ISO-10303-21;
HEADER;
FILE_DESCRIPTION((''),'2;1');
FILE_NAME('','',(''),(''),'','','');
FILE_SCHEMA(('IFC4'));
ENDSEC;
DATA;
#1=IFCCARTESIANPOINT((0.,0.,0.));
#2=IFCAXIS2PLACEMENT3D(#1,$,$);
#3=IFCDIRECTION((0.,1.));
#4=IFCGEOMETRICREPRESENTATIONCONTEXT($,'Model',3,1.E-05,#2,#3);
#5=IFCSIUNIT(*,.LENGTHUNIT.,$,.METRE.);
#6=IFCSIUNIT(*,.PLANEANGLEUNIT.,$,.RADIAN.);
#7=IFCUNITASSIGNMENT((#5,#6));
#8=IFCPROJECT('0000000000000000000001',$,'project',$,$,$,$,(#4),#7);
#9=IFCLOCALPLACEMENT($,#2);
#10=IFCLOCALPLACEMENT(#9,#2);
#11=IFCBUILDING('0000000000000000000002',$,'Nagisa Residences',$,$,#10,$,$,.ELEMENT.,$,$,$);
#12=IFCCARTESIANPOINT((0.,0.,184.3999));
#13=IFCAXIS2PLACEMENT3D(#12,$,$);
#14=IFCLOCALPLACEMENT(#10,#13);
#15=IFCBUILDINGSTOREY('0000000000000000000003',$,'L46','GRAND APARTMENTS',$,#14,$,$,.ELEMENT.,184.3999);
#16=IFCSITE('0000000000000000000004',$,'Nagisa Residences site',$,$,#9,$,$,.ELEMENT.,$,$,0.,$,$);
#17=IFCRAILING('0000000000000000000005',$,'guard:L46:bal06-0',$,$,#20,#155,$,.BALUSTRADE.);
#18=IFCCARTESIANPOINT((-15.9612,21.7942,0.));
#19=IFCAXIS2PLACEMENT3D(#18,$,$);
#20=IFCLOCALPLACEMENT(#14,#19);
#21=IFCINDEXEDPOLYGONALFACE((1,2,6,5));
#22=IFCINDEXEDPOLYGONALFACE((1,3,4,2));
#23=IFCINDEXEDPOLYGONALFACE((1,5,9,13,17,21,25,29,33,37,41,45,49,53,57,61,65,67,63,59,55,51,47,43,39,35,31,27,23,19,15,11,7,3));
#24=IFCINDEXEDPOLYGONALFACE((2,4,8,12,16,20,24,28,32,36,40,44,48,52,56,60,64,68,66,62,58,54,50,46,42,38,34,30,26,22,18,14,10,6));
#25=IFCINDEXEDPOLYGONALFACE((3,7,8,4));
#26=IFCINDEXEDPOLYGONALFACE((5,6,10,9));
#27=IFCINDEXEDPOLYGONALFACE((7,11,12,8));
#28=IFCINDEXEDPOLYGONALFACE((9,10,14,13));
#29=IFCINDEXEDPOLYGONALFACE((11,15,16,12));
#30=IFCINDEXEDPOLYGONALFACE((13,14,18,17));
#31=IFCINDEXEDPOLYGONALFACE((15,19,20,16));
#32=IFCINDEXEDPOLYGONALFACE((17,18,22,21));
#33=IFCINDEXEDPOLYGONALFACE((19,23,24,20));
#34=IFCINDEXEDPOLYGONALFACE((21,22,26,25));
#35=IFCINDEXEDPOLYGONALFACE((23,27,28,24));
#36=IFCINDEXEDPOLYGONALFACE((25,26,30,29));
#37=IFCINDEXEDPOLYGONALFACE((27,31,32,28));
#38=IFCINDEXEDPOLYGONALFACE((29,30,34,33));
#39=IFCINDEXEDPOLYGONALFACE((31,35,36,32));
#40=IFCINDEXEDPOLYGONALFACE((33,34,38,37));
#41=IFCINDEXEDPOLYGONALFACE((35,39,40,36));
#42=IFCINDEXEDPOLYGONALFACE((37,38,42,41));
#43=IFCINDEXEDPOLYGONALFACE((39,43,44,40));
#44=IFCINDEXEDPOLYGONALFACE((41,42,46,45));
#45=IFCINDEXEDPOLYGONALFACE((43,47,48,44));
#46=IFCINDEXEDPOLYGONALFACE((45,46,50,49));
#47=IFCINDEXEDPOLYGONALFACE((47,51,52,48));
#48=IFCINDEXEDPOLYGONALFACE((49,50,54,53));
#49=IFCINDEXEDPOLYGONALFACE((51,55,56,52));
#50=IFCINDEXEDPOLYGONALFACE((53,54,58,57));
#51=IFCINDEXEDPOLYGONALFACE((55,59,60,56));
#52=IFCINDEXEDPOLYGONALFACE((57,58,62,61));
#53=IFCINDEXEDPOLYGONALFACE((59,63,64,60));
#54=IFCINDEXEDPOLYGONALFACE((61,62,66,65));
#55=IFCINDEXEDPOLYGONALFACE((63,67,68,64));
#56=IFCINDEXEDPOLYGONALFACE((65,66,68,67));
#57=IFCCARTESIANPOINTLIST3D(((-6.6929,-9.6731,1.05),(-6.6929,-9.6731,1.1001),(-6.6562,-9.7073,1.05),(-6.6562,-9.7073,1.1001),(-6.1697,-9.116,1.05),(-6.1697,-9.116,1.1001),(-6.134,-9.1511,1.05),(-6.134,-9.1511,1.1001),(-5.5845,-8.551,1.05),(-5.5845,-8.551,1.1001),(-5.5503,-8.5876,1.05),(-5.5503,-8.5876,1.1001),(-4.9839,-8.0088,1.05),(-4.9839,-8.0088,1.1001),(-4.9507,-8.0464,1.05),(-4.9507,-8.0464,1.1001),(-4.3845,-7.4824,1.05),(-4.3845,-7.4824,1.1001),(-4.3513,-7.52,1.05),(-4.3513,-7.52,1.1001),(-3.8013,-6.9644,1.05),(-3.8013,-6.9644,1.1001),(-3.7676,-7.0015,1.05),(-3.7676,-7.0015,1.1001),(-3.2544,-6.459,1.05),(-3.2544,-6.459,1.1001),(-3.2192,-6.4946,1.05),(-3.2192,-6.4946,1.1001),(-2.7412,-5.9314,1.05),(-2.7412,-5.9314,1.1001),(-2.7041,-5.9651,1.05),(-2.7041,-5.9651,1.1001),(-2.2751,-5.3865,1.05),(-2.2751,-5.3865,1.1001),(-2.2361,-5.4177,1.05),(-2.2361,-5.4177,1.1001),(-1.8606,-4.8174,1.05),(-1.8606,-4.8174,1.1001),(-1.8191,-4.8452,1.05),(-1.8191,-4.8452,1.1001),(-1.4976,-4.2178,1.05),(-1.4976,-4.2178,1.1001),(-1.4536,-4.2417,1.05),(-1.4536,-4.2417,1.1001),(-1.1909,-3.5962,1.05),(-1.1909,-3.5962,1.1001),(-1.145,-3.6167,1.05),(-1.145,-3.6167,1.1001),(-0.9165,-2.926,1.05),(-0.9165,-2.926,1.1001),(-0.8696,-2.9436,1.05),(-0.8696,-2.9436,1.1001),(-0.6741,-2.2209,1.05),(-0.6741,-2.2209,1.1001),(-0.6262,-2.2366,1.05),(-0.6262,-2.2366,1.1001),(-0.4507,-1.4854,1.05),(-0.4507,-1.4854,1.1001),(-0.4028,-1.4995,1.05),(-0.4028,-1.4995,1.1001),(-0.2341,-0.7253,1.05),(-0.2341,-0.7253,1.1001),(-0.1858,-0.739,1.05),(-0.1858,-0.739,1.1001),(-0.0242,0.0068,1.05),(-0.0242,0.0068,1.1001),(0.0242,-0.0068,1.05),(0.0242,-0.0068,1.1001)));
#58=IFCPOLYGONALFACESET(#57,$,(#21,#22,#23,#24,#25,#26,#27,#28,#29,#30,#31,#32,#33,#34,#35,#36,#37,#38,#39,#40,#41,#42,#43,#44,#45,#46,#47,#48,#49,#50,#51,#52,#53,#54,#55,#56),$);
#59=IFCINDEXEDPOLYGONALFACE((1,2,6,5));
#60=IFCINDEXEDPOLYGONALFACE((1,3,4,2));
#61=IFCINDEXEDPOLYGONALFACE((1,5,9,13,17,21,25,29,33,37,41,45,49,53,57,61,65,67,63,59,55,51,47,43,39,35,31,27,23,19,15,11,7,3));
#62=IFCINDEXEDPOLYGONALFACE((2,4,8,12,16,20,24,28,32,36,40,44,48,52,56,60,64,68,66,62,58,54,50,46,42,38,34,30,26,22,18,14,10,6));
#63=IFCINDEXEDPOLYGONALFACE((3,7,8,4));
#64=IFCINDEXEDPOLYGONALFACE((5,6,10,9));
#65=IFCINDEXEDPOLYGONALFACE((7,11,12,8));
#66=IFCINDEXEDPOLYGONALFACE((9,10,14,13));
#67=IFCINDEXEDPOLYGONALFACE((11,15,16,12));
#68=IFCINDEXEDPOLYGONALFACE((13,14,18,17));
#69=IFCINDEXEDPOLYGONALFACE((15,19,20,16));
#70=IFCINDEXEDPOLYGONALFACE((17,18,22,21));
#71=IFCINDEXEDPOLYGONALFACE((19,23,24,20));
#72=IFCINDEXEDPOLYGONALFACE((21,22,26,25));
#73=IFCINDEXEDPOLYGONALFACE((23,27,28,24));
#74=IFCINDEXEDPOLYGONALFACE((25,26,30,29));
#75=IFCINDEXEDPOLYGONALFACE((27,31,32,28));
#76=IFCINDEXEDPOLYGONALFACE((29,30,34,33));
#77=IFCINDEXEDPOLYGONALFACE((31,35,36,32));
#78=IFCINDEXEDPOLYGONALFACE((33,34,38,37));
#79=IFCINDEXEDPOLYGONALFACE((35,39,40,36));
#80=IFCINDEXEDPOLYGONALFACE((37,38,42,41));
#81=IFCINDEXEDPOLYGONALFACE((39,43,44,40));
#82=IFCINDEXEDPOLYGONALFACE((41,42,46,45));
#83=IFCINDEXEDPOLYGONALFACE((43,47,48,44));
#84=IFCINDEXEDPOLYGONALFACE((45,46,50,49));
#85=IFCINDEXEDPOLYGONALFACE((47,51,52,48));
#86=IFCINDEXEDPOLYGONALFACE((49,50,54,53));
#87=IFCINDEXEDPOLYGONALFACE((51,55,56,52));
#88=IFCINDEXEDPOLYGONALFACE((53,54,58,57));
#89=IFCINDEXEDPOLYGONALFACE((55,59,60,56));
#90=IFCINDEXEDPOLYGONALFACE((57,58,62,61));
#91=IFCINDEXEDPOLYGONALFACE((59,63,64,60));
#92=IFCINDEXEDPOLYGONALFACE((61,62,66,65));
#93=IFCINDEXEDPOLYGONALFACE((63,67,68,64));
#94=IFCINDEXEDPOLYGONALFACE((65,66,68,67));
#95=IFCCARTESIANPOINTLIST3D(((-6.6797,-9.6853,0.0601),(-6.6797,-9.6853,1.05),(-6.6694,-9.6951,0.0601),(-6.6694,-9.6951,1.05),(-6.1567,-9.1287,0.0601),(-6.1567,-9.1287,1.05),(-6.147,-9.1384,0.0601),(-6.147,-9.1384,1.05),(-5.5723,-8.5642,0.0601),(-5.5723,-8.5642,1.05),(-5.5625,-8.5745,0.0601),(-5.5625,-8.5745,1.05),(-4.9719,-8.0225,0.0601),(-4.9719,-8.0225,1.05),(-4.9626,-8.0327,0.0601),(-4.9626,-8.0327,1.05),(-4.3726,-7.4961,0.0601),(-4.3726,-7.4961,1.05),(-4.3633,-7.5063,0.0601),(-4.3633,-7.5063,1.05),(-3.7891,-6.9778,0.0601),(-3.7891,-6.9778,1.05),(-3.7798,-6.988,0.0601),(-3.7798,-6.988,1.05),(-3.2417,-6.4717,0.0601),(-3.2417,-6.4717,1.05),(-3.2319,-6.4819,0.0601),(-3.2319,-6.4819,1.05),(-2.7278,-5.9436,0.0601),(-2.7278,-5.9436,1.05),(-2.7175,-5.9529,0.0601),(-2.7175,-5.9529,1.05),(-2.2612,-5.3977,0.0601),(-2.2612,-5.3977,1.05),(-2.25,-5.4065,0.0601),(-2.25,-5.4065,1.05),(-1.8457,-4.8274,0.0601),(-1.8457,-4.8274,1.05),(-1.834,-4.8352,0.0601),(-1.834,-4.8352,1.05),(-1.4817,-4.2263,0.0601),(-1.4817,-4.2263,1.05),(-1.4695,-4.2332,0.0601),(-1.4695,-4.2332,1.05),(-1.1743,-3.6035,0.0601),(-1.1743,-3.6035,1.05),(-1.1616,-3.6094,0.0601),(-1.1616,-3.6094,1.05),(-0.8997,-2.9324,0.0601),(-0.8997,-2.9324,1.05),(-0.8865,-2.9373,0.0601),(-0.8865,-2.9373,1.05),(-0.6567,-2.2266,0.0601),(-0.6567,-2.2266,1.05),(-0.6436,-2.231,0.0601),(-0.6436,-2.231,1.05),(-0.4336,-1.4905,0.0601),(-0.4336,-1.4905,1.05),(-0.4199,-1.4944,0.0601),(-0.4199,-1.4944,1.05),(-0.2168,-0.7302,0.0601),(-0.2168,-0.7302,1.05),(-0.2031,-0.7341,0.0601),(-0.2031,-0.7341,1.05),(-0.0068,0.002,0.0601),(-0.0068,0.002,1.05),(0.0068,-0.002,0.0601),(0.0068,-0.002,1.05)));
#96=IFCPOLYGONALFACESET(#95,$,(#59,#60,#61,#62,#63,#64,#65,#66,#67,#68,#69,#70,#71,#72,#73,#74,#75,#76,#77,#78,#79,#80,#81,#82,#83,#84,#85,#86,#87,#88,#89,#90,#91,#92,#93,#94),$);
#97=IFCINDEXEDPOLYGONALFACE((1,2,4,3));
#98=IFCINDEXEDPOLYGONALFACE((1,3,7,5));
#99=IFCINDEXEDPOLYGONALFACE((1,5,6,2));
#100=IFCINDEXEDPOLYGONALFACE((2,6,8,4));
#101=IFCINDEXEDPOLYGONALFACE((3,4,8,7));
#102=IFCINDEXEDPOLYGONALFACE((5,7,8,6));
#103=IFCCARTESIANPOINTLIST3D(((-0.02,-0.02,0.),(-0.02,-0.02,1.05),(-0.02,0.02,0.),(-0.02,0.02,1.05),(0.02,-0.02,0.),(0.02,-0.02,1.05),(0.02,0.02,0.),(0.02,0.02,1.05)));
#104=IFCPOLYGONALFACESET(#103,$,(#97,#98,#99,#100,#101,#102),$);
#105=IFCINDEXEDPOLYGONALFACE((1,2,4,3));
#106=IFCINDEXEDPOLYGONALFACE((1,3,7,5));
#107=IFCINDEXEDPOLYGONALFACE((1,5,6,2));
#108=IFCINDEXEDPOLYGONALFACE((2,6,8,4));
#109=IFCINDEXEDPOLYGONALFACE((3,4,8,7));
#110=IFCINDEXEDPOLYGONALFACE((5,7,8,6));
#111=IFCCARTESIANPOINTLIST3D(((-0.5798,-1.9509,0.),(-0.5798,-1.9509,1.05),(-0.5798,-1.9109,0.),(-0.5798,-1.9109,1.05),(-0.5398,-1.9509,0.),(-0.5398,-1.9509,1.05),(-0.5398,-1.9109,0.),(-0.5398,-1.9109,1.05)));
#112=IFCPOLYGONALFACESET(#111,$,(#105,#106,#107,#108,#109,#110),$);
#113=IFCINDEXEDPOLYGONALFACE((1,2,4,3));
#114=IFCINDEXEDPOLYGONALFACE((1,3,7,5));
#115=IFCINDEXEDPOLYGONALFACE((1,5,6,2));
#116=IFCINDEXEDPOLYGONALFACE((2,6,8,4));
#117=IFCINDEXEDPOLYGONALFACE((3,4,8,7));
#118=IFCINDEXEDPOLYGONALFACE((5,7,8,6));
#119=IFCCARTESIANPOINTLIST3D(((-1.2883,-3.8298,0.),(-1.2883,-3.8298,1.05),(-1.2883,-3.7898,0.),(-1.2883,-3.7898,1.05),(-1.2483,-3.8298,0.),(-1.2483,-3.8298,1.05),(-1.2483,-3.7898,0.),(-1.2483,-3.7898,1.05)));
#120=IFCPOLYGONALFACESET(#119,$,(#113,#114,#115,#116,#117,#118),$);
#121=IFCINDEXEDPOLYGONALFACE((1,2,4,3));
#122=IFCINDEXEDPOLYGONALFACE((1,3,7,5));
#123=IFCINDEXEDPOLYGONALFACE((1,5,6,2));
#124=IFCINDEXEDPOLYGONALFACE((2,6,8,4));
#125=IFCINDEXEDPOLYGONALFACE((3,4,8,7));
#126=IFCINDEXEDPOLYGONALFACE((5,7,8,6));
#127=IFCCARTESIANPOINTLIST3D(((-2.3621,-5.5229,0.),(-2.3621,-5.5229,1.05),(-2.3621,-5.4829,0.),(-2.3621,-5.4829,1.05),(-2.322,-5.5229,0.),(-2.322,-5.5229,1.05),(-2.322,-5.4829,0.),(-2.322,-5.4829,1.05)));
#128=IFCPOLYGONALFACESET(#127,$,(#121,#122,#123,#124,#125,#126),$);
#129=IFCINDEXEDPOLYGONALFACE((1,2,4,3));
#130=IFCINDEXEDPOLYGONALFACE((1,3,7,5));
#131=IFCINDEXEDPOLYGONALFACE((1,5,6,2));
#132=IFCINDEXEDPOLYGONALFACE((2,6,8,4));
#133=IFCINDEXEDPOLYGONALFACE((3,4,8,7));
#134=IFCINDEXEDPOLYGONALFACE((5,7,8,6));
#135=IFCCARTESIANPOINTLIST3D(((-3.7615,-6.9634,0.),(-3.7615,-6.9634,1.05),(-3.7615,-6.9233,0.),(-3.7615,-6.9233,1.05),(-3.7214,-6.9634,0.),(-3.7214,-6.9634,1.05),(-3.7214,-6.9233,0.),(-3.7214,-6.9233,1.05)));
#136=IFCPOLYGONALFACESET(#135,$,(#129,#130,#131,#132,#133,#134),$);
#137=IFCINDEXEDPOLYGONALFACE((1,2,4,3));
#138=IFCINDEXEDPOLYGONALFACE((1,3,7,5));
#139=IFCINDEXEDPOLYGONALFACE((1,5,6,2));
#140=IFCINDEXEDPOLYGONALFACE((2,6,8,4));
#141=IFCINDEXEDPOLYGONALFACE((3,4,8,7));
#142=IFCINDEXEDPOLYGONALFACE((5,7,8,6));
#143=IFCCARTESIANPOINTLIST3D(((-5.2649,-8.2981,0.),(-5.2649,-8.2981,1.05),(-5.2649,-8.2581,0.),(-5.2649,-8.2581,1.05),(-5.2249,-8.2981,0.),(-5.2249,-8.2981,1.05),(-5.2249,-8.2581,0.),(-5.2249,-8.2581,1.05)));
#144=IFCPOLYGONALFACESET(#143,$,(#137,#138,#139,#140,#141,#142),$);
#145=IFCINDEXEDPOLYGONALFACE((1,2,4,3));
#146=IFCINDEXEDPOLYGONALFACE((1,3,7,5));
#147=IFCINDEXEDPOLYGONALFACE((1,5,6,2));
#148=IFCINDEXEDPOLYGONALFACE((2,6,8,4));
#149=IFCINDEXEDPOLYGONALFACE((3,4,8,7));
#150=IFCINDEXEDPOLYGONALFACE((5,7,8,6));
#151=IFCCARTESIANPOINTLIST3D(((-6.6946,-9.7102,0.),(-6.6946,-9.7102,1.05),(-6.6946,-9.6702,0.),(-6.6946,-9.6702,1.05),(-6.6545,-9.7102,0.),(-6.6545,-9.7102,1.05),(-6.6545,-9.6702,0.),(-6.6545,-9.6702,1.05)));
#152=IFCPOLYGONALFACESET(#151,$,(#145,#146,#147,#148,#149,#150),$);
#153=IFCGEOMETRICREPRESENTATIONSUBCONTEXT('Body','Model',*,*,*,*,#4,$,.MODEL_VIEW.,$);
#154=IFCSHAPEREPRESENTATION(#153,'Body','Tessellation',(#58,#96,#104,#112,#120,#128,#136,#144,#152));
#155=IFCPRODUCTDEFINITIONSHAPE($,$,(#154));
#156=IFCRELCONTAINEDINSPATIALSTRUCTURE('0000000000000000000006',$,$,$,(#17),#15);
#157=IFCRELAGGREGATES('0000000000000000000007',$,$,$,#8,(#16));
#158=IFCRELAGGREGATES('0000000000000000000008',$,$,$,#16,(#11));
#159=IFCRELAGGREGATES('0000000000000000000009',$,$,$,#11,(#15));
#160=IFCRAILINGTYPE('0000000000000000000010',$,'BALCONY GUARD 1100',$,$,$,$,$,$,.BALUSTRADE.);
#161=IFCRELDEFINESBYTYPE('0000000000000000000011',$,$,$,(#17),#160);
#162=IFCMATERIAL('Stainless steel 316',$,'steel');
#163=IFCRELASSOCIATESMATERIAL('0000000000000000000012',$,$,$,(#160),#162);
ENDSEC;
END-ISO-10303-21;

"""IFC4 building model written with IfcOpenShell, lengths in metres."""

from ifc_helpers import new_model, si_unit, direction, frame, origin, origin_2d, place, context, subcontext, project, spatial, polyline, rectangle, outline, extrude, material, type_object, element, save


model = new_model("IFC4")

# Units and contexts
model_context = context("Model", 3, precision=1e-05, world=origin(), true_north=direction((0.0, 1.0)))
body_context = subcontext(model_context, "Body", "Model", "MODEL_VIEW")
ifc_project = project(units=[si_unit("LENGTHUNIT", "METRE"), si_unit("PLANEANGLEUNIT", "RADIAN")], contexts=[model_context])

# Site, building, storey
site_placement = place(None, origin())
site = spatial("IfcSite", under=ifc_project, at=site_placement, Name="Nagisa Residences site", CompositionType="ELEMENT", RefElevation=0.0)
building_placement = place(site_placement, origin())
building = spatial("IfcBuilding", under=site, at=building_placement, Name="Nagisa Residences", CompositionType="ELEMENT")
storey_placement = place(building_placement, frame((0.0, 0.0, 184.3999)))
storey = spatial("IfcBuildingStorey", under=building, at=storey_placement, Name="L46", Description="GRAND APARTMENTS", CompositionType="ELEMENT", Elevation=184.3999)

# Railing
ifc_material_1 = material(Name="Stainless steel 316", Category="steel")
railing_type = type_object("IfcRailingType", Name="BALCONY GUARD 1100", PredefinedType="BALUSTRADE", material=ifc_material_1)
railing_1_placement = place(storey_placement, frame((-15.9612, 21.7942, 0.0)))
element("IfcRailing", 1, at=railing_1_placement, inside=storey, type_object=railing_type, Name="guard:L46:bal06-0", PredefinedType="BALUSTRADE", context=body_context, shape_type="SweptSolid", body=[
    extrude(outline(polyline([(-0.1858, -0.739), (0.0242, -0.0068), (-0.0242, 0.0068), (-0.2341, -0.7253), (-0.4507, -1.4854), (-0.6741, -2.2209), (-0.9165, -2.926), (-1.1909, -3.5962), (-1.4976, -4.2178), (-1.8606, -4.8174), (-2.2751, -5.3865), (-2.7412, -5.9314), (-3.2544, -6.459), (-3.8013, -6.9644), (-4.3845, -7.4824), (-4.9839, -8.0088), (-5.5845, -8.551), (-6.1697, -9.116), (-6.6929, -9.6731), (-6.6562, -9.7073), (-6.134, -9.1511), (-5.5503, -8.5876), (-4.9507, -8.0464), (-4.3513, -7.52), (-3.7676, -7.0015), (-3.2192, -6.4946), (-2.7041, -5.9651), (-2.2361, -5.4177), (-1.8191, -4.8452), (-1.4536, -4.2417), (-1.145, -3.6167), (-0.8696, -2.9436), (-0.6262, -2.2366), (-0.4028, -1.4995), (-0.1858, -0.739)])), frame((0.0, 0.0, 1.05)), (0.0, 0.0, 1.0), 0.05),
    extrude(outline(polyline([(-0.2031, -0.7341), (0.0068, -0.002), (-0.0068, 0.002), (-0.2168, -0.7302), (-0.4336, -1.4905), (-0.6567, -2.2266), (-0.8997, -2.9324), (-1.1743, -3.6035), (-1.4817, -4.2263), (-1.8457, -4.8274), (-2.2612, -5.3977), (-2.7278, -5.9436), (-3.2417, -6.4717), (-3.7891, -6.9778), (-4.3726, -7.4961), (-4.9719, -8.0225), (-5.5723, -8.5642), (-6.1567, -9.1287), (-6.6797, -9.6853), (-6.6694, -9.6951), (-6.147, -9.1384), (-5.5625, -8.5745), (-4.9626, -8.0327), (-4.3633, -7.5063), (-3.7798, -6.988), (-3.2319, -6.4819), (-2.7175, -5.9529), (-2.25, -5.4065), (-1.834, -4.8352), (-1.4695, -4.2332), (-1.1616, -3.6094), (-0.8865, -2.9373), (-0.6436, -2.231), (-0.4199, -1.4944), (-0.2031, -0.7341)])), frame((0.0, 0.0, 0.0601)), (0.0, 0.0, 1.0), 0.99),
    extrude(rectangle(XDim=0.04, YDim=0.04, at=origin_2d()), origin(), (0.0, 0.0, 1.0), 1.05),
    extrude(rectangle(XDim=0.04, YDim=0.04, at=origin_2d()), frame((-0.5598, -1.9309, 0.0)), (0.0, 0.0, 1.0), 1.05),
    extrude(rectangle(XDim=0.04, YDim=0.04, at=origin_2d()), frame((-1.2683, -3.8098, 0.0)), (0.0, 0.0, 1.0), 1.05),
    extrude(rectangle(XDim=0.04, YDim=0.04, at=origin_2d()), frame((-2.342, -5.5029, 0.0)), (0.0, 0.0, 1.0), 1.05),
    extrude(rectangle(XDim=0.04, YDim=0.04, at=origin_2d()), frame((-3.7415, -6.9434, 0.0)), (0.0, 0.0, 1.0), 1.05),
    extrude(rectangle(XDim=0.04, YDim=0.04, at=origin_2d()), frame((-5.2449, -8.2781, 0.0)), (0.0, 0.0, 1.0), 1.05),
    extrude(rectangle(XDim=0.04, YDim=0.04, at=origin_2d()), frame((-6.6746, -9.6902, 0.0)), (0.0, 0.0, 1.0), 1.05),
])

save(model, "model.ifc")
